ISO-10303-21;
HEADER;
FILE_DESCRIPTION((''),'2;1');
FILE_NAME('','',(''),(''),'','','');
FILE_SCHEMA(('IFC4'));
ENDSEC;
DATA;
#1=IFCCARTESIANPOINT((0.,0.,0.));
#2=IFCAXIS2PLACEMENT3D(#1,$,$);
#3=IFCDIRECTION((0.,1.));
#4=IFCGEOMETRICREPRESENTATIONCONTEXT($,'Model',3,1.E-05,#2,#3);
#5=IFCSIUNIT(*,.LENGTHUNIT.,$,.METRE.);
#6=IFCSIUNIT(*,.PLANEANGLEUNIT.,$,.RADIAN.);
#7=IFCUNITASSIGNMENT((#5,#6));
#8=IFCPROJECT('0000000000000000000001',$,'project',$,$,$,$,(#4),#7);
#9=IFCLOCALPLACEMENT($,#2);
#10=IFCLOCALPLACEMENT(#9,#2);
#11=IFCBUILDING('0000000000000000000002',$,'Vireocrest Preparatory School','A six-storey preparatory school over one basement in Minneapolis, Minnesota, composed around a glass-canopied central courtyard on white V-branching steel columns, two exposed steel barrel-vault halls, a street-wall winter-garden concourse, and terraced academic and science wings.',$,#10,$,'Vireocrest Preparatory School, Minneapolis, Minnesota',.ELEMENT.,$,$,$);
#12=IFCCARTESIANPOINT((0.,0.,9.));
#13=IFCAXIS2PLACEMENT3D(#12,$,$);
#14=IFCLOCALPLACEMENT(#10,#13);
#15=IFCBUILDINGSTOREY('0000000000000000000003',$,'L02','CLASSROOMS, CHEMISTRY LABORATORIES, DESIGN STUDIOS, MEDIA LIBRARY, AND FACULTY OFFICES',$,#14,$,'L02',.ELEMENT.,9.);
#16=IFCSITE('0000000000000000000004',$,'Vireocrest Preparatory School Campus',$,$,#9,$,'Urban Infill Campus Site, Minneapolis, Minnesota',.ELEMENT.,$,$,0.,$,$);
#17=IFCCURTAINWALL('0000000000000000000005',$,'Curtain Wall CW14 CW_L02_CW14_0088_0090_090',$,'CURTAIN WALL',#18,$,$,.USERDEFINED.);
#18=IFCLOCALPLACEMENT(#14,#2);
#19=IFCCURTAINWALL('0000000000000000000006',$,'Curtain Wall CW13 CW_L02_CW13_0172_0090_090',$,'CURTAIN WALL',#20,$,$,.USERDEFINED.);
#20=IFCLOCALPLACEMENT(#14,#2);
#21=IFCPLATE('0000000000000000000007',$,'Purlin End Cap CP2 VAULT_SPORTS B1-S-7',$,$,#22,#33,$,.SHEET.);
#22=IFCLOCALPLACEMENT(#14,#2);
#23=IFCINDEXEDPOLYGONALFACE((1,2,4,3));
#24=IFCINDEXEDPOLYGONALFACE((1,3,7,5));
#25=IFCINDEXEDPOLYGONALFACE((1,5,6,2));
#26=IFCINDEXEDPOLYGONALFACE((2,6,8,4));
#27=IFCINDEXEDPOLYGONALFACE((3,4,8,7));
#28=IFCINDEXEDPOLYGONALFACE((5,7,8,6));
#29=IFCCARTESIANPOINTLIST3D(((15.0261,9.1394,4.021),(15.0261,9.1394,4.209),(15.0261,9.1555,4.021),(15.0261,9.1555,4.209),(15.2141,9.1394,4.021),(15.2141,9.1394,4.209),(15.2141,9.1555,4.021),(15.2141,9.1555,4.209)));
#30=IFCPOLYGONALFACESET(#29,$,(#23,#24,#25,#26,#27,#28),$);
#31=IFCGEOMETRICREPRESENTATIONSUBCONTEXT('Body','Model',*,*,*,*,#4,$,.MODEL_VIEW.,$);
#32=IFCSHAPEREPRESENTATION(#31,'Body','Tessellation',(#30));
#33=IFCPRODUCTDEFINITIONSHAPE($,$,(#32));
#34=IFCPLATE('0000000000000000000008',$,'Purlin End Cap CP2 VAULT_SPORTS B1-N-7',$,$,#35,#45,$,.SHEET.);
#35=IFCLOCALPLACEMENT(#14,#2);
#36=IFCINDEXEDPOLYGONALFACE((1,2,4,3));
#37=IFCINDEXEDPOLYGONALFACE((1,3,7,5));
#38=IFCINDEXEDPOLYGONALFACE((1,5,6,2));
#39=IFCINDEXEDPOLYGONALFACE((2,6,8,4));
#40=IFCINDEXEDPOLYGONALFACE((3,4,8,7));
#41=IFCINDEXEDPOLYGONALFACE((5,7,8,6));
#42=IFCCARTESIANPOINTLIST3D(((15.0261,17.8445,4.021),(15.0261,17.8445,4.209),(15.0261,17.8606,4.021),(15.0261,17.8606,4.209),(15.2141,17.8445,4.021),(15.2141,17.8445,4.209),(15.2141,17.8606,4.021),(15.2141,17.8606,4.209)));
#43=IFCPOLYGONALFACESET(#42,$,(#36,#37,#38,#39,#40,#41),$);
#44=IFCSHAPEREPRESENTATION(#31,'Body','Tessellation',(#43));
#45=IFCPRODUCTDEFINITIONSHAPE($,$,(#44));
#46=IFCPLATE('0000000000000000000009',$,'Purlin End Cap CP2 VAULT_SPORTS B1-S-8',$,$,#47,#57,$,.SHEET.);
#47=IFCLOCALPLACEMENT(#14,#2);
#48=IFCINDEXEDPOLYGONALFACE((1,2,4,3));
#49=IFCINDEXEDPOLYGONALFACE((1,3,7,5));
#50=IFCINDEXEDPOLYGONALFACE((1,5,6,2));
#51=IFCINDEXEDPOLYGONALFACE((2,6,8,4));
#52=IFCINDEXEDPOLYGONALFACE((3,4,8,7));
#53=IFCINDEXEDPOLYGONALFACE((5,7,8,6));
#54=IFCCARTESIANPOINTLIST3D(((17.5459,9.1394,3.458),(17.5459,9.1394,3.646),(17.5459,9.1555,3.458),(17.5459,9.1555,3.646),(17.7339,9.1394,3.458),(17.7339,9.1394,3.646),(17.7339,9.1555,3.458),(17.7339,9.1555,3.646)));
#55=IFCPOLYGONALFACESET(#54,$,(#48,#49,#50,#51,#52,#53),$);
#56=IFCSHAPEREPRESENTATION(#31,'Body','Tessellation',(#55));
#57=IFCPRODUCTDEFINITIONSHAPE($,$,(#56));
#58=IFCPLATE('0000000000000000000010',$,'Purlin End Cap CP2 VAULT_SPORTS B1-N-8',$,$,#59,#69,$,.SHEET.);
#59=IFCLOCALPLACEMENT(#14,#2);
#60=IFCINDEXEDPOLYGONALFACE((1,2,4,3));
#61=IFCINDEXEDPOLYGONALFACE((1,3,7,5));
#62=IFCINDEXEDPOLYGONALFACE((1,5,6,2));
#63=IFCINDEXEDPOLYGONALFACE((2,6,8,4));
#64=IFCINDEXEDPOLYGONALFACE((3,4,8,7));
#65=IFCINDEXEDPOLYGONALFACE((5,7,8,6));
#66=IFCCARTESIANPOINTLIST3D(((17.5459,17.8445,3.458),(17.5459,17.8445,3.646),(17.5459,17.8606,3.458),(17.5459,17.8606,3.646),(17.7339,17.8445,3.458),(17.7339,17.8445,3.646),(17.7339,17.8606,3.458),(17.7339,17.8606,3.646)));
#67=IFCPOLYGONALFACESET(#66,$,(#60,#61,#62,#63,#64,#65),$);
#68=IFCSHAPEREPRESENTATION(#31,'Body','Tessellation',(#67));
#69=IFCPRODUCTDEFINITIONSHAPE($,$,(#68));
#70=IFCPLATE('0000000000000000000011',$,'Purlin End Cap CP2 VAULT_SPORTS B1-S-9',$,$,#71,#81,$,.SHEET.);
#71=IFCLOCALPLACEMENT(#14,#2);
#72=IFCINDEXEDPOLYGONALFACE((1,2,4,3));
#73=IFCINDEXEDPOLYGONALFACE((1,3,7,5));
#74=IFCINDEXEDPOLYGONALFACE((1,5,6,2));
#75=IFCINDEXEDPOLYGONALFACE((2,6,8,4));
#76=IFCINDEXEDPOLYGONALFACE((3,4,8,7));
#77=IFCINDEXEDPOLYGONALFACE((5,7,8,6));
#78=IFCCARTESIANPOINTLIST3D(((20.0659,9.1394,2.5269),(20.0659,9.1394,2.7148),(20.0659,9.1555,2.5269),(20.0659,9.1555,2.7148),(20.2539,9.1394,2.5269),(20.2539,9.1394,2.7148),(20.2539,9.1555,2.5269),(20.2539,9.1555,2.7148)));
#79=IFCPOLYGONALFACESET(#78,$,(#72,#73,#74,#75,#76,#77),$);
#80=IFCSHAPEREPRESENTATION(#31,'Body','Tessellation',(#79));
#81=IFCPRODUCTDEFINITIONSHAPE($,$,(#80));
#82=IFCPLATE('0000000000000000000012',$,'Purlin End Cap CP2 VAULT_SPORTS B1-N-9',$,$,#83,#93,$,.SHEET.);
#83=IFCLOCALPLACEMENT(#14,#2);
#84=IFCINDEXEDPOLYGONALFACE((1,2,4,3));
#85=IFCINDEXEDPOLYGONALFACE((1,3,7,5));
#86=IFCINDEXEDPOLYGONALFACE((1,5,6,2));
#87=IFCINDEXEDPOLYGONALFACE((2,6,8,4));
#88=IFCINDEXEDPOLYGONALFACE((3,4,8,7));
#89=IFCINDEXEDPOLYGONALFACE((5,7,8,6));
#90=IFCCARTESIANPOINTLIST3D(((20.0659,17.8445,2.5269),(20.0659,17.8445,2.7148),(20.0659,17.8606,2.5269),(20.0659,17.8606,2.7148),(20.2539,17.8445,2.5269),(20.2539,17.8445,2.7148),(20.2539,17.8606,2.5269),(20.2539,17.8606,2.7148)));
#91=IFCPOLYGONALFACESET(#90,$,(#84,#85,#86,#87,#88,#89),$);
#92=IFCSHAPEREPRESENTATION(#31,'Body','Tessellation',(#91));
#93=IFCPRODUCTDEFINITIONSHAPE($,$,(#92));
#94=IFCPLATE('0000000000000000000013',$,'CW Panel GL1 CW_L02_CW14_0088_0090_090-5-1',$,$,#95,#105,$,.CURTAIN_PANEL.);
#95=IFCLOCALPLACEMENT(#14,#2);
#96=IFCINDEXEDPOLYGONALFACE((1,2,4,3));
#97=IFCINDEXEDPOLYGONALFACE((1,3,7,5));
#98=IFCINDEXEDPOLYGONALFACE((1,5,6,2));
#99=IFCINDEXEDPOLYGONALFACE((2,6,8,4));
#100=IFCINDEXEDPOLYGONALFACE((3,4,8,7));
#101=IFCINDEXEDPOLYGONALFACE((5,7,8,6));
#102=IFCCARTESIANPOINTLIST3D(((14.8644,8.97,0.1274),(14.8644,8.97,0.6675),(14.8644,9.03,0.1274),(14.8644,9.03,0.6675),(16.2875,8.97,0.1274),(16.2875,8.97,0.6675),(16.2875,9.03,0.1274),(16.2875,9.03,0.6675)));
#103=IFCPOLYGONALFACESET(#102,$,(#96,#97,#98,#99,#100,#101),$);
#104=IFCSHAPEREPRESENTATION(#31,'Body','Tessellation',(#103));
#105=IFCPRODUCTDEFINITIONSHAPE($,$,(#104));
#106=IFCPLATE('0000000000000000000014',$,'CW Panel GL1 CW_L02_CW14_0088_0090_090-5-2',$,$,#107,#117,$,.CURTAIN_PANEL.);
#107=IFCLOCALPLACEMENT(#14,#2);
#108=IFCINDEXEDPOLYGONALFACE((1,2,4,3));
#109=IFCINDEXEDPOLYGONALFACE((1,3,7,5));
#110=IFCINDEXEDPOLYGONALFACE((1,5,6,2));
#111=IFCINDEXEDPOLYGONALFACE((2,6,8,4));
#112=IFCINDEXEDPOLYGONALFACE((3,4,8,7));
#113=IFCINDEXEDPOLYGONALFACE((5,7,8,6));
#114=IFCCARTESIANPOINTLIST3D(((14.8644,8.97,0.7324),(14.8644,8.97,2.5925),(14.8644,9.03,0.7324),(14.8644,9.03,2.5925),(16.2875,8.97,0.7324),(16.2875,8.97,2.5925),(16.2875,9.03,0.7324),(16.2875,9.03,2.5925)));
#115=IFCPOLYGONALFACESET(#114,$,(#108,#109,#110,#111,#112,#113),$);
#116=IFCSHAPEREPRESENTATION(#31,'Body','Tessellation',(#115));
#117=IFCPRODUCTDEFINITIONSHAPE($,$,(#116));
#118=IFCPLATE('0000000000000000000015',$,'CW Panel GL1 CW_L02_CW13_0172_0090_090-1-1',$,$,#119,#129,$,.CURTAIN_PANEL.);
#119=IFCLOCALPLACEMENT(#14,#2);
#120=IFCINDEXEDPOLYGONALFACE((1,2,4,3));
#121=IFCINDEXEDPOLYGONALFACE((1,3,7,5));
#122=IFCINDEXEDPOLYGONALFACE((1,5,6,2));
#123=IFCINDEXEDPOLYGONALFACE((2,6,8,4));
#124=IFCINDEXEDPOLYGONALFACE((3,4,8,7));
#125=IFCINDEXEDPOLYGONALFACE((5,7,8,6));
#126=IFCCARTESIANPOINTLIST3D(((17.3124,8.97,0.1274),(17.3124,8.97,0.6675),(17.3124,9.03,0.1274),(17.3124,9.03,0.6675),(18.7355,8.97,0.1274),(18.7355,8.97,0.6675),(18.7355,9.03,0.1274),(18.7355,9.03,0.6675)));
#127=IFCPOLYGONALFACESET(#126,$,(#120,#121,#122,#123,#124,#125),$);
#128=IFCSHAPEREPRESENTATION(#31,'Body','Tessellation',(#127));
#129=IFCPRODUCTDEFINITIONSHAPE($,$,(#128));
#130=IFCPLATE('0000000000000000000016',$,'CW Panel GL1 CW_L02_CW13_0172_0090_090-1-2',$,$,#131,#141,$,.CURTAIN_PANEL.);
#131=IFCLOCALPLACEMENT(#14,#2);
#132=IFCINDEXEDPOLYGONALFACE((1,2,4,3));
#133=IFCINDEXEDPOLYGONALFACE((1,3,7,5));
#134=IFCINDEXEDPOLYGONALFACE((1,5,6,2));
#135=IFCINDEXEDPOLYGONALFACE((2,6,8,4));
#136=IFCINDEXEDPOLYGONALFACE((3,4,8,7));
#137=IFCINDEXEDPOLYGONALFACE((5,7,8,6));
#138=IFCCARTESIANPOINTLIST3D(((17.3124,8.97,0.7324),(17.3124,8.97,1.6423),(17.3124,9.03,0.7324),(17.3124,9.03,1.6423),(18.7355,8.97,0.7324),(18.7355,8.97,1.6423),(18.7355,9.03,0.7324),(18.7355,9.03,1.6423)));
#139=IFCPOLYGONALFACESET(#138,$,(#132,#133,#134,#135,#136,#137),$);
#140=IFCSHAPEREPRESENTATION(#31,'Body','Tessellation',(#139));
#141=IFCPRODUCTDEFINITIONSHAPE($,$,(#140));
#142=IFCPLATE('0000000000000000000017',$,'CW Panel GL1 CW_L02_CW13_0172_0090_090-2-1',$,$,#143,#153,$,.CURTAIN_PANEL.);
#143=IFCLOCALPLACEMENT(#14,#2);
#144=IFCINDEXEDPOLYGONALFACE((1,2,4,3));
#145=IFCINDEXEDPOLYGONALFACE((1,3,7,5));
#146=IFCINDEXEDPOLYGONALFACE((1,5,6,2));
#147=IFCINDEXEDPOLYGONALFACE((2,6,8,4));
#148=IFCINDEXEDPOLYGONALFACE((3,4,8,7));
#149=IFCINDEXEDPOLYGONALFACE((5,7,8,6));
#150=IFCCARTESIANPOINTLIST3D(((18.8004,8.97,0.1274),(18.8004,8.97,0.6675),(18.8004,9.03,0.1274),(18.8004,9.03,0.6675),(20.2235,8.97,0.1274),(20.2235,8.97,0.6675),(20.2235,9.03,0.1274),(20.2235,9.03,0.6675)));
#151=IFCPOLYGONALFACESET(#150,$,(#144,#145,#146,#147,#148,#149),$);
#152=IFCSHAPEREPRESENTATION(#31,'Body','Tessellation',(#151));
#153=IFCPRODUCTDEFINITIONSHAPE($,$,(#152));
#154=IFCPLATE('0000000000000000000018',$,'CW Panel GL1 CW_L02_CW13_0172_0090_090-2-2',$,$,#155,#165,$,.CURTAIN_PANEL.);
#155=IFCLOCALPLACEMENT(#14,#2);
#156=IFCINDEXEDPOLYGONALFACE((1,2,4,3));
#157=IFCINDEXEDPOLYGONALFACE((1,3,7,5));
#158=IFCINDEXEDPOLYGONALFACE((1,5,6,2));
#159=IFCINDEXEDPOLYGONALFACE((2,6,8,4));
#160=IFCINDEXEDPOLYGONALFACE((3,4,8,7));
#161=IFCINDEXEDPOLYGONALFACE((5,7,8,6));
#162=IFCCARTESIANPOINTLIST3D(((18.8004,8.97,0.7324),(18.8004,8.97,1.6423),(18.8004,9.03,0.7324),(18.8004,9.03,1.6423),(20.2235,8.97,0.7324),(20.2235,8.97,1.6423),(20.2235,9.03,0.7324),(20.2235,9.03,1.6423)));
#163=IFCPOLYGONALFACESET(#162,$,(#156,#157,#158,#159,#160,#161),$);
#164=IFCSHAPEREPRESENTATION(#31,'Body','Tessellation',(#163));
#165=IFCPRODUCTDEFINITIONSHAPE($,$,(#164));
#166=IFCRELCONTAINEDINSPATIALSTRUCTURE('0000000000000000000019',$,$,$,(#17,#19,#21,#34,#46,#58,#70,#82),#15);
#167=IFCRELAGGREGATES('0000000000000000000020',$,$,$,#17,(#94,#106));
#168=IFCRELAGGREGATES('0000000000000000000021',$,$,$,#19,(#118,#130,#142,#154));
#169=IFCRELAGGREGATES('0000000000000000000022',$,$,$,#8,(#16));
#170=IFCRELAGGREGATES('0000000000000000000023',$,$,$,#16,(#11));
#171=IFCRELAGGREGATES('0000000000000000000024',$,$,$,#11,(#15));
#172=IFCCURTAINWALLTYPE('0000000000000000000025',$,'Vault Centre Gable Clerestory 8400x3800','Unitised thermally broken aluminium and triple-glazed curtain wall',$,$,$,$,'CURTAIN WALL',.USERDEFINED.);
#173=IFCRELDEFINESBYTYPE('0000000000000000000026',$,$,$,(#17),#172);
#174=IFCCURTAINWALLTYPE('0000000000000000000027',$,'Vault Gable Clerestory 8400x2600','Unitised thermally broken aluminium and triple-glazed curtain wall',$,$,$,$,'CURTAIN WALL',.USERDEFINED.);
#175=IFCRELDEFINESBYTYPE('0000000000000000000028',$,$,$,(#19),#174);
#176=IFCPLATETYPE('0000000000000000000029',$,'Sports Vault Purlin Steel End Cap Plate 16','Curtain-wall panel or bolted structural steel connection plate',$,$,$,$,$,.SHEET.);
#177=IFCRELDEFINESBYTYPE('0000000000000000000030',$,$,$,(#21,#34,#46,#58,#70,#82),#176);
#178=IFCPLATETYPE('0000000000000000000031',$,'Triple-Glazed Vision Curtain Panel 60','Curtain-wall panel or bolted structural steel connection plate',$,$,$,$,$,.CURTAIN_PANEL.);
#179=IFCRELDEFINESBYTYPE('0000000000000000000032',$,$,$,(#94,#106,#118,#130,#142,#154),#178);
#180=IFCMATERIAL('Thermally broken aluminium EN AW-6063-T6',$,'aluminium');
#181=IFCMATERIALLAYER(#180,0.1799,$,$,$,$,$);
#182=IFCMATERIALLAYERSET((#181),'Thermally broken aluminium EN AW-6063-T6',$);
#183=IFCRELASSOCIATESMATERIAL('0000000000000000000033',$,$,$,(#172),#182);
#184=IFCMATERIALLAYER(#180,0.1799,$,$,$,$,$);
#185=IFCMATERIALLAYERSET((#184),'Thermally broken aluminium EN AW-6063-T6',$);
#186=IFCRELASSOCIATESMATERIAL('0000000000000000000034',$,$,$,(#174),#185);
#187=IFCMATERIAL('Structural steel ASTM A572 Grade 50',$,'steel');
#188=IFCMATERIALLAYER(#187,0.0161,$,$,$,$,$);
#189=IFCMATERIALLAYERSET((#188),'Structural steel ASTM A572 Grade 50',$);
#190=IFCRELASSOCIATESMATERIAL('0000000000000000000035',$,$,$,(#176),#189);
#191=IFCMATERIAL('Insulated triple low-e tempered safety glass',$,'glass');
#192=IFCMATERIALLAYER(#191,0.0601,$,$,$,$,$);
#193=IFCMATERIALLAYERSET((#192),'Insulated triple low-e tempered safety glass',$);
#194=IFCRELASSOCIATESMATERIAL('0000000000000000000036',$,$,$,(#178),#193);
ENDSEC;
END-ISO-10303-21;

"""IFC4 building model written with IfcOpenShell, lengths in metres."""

from ifc_helpers import new_model, si_unit, direction, frame, origin, origin_2d, place, context, subcontext, project, spatial, rectangle, extrude, material, layer, layer_set, type_object, element, aggregate, save


model = new_model("IFC4")

# Units and contexts
model_context = context("Model", 3, precision=1e-05, world=origin(), true_north=direction((0.0, 1.0)))
body_context = subcontext(model_context, "Body", "Model", "MODEL_VIEW")
ifc_project = project(units=[si_unit("LENGTHUNIT", "METRE"), si_unit("PLANEANGLEUNIT", "RADIAN")], contexts=[model_context])

# Site, building, storey
site_placement = place(None, origin())
site = spatial("IfcSite", under=ifc_project, at=site_placement, Name="Vireocrest Preparatory School Campus", LongName="Urban Infill Campus Site, Minneapolis, Minnesota", CompositionType="ELEMENT", RefElevation=0.0)
building_placement = place(site_placement, origin())
building = spatial("IfcBuilding", under=site, at=building_placement, Name="Vireocrest Preparatory School", Description="A six-storey preparatory school over one basement in Minneapolis, Minnesota, composed around a glass-canopied central courtyard on white V-branching steel columns, two exposed steel barrel-vault halls, a street-wall winter-garden concourse, and terraced academic and science wings.", LongName="Vireocrest Preparatory School, Minneapolis, Minnesota", CompositionType="ELEMENT")
storey_placement = place(building_placement, frame((0.0, 0.0, 9.0)))
storey = spatial("IfcBuildingStorey", under=building, at=storey_placement, Name="L02", Description="CLASSROOMS, CHEMISTRY LABORATORIES, DESIGN STUDIOS, MEDIA LIBRARY, AND FACULTY OFFICES", LongName="L02", CompositionType="ELEMENT", Elevation=9.0)

# Curtain wall
ifc_material_1 = material(Name="Thermally broken aluminium EN AW-6063-T6", Category="aluminium")
ifc_layer_1 = layer(ifc_material_1, 0.1799)
ifc_layer_set_1 = layer_set([ifc_layer_1], Name="Thermally broken aluminium EN AW-6063-T6")
curtain_wall_type_1 = type_object("IfcCurtainWallType", Name="Vault Centre Gable Clerestory 8400x3800", Description="Unitised thermally broken aluminium and triple-glazed curtain wall", ElementType="CURTAIN WALL", PredefinedType="USERDEFINED", material=ifc_layer_set_1)
curtain_wall_1_placement = place(storey_placement, origin())
curtain_wall_1 = element("IfcCurtainWall", 1, at=curtain_wall_1_placement, inside=storey, type_object=curtain_wall_type_1, Name="Curtain Wall CW14 CW_L02_CW14_0088_0090_090", ObjectType="CURTAIN WALL", PredefinedType="USERDEFINED")

# Curtain wall
ifc_layer_2 = layer(ifc_material_1, 0.1799)
ifc_layer_set_2 = layer_set([ifc_layer_2], Name="Thermally broken aluminium EN AW-6063-T6")
curtain_wall_type_2 = type_object("IfcCurtainWallType", Name="Vault Gable Clerestory 8400x2600", Description="Unitised thermally broken aluminium and triple-glazed curtain wall", ElementType="CURTAIN WALL", PredefinedType="USERDEFINED", material=ifc_layer_set_2)
curtain_wall_2_placement = place(storey_placement, origin())
curtain_wall_2 = element("IfcCurtainWall", 2, at=curtain_wall_2_placement, inside=storey, type_object=curtain_wall_type_2, Name="Curtain Wall CW13 CW_L02_CW13_0172_0090_090", ObjectType="CURTAIN WALL", PredefinedType="USERDEFINED")

# Plates
ifc_material_2 = material(Name="Structural steel ASTM A572 Grade 50", Category="steel")
ifc_layer_3 = layer(ifc_material_2, 0.0161)
ifc_layer_set_3 = layer_set([ifc_layer_3], Name="Structural steel ASTM A572 Grade 50")
plate_type_1 = type_object("IfcPlateType", Name="Sports Vault Purlin Steel End Cap Plate 16", Description="Curtain-wall panel or bolted structural steel connection plate", PredefinedType="SHEET", material=ifc_layer_set_3)
for number, where, z_axis, x_axis, name in (
    (3, (15.1201, 9.1475, 4.021), (0.0, 0.0, 1.0), (1.0, 0.0, 0.0), "Purlin End Cap CP2 VAULT_SPORTS B1-S-7"),
    (4, (15.1201, 17.8525, 4.021), (0.0, 0.0, 1.0), (1.0, 0.0, 0.0), "Purlin End Cap CP2 VAULT_SPORTS B1-N-7"),
    (5, (17.6399, 9.1475, 3.458), (0.0, 0.0, 1.0), (1.0, 0.0, 0.0), "Purlin End Cap CP2 VAULT_SPORTS B1-S-8"),
    (6, (17.6399, 17.8525, 3.458), (0.0, 0.0, 1.0), (1.0, 0.0, 0.0), "Purlin End Cap CP2 VAULT_SPORTS B1-N-8"),
    (7, (20.1599, 9.1475, 2.5269), (0.0, 0.0, 1.0), (1.0, 0.0, 0.0), "Purlin End Cap CP2 VAULT_SPORTS B1-S-9"),
    (8, (20.1599, 17.8525, 2.5269), (0.0, 0.0, 1.0), (1.0, 0.0, 0.0), "Purlin End Cap CP2 VAULT_SPORTS B1-N-9"),
):
    element("IfcPlate", number, at=place(storey_placement, frame(where, z_axis=z_axis, x_axis=x_axis)), inside=storey, type_object=plate_type_1, Name=name, PredefinedType="SHEET", context=body_context, shape_type="SweptSolid", body=[
        extrude(rectangle(XDim=0.188, YDim=0.0161, at=origin_2d()), origin(), (0.0, 0.0, 1.0), 0.188),
    ])

# Plates
ifc_material_3 = material(Name="Insulated triple low-e tempered safety glass", Category="glass")
ifc_layer_4 = layer(ifc_material_3, 0.0601)
ifc_layer_set_4 = layer_set([ifc_layer_4], Name="Insulated triple low-e tempered safety glass")
plate_type_2 = type_object("IfcPlateType", Name="Triple-Glazed Vision Curtain Panel 60", Description="Curtain-wall panel or bolted structural steel connection plate", PredefinedType="CURTAIN_PANEL", material=ifc_layer_set_4)
plate_1_placement = place(storey_placement, frame((15.5759, 9.0, 0.1274), z_axis=(0.0, 0.0, 1.0), x_axis=(1.0, 0.0, 0.0)))
plate_1 = element("IfcPlate", 9, at=plate_1_placement, type_object=plate_type_2, Name="CW Panel GL1 CW_L02_CW14_0088_0090_090-5-1", PredefinedType="CURTAIN_PANEL", context=body_context, shape_type="SweptSolid", body=[
    extrude(rectangle(XDim=1.4231, YDim=0.0601, at=origin_2d()), origin(), (0.0, 0.0, 1.0), 0.54),
])
plate_2_placement = place(storey_placement, frame((15.5759, 9.0, 0.7324), z_axis=(0.0, 0.0, 1.0), x_axis=(1.0, 0.0, 0.0)))
plate_2 = element("IfcPlate", 10, at=plate_2_placement, type_object=plate_type_2, Name="CW Panel GL1 CW_L02_CW14_0088_0090_090-5-2", PredefinedType="CURTAIN_PANEL", context=body_context, shape_type="SweptSolid", body=[
    extrude(rectangle(XDim=1.4231, YDim=0.0601, at=origin_2d()), origin(), (0.0, 0.0, 1.0), 1.8601),
])
aggregate(curtain_wall_1, [plate_1, plate_2])
plate_3_placement = place(storey_placement, frame((18.0239, 9.0, 0.1274), z_axis=(0.0, 0.0, 1.0), x_axis=(1.0, 0.0, 0.0)))
plate_3 = element("IfcPlate", 11, at=plate_3_placement, type_object=plate_type_2, Name="CW Panel GL1 CW_L02_CW13_0172_0090_090-1-1", PredefinedType="CURTAIN_PANEL", context=body_context, shape_type="SweptSolid", body=[
    extrude(rectangle(XDim=1.4231, YDim=0.0601, at=origin_2d()), origin(), (0.0, 0.0, 1.0), 0.54),
])
plate_4_placement = place(storey_placement, frame((18.0239, 9.0, 0.7324), z_axis=(0.0, 0.0, 1.0), x_axis=(1.0, 0.0, 0.0)))
plate_4 = element("IfcPlate", 12, at=plate_4_placement, type_object=plate_type_2, Name="CW Panel GL1 CW_L02_CW13_0172_0090_090-1-2", PredefinedType="CURTAIN_PANEL", context=body_context, shape_type="SweptSolid", body=[
    extrude(rectangle(XDim=1.4231, YDim=0.0601, at=origin_2d()), origin(), (0.0, 0.0, 1.0), 0.9099),
])
plate_5_placement = place(storey_placement, frame((19.512, 9.0, 0.1274), z_axis=(0.0, 0.0, 1.0), x_axis=(1.0, 0.0, 0.0)))
plate_5 = element("IfcPlate", 13, at=plate_5_placement, type_object=plate_type_2, Name="CW Panel GL1 CW_L02_CW13_0172_0090_090-2-1", PredefinedType="CURTAIN_PANEL", context=body_context, shape_type="SweptSolid", body=[
    extrude(rectangle(XDim=1.4231, YDim=0.0601, at=origin_2d()), origin(), (0.0, 0.0, 1.0), 0.54),
])
plate_6_placement = place(storey_placement, frame((19.512, 9.0, 0.7324), z_axis=(0.0, 0.0, 1.0), x_axis=(1.0, 0.0, 0.0)))
plate_6 = element("IfcPlate", 14, at=plate_6_placement, type_object=plate_type_2, Name="CW Panel GL1 CW_L02_CW13_0172_0090_090-2-2", PredefinedType="CURTAIN_PANEL", context=body_context, shape_type="SweptSolid", body=[
    extrude(rectangle(XDim=1.4231, YDim=0.0601, at=origin_2d()), origin(), (0.0, 0.0, 1.0), 0.9099),
])
aggregate(curtain_wall_2, [plate_3, plate_4, plate_5, plate_6])

save(model, "model.ifc")
